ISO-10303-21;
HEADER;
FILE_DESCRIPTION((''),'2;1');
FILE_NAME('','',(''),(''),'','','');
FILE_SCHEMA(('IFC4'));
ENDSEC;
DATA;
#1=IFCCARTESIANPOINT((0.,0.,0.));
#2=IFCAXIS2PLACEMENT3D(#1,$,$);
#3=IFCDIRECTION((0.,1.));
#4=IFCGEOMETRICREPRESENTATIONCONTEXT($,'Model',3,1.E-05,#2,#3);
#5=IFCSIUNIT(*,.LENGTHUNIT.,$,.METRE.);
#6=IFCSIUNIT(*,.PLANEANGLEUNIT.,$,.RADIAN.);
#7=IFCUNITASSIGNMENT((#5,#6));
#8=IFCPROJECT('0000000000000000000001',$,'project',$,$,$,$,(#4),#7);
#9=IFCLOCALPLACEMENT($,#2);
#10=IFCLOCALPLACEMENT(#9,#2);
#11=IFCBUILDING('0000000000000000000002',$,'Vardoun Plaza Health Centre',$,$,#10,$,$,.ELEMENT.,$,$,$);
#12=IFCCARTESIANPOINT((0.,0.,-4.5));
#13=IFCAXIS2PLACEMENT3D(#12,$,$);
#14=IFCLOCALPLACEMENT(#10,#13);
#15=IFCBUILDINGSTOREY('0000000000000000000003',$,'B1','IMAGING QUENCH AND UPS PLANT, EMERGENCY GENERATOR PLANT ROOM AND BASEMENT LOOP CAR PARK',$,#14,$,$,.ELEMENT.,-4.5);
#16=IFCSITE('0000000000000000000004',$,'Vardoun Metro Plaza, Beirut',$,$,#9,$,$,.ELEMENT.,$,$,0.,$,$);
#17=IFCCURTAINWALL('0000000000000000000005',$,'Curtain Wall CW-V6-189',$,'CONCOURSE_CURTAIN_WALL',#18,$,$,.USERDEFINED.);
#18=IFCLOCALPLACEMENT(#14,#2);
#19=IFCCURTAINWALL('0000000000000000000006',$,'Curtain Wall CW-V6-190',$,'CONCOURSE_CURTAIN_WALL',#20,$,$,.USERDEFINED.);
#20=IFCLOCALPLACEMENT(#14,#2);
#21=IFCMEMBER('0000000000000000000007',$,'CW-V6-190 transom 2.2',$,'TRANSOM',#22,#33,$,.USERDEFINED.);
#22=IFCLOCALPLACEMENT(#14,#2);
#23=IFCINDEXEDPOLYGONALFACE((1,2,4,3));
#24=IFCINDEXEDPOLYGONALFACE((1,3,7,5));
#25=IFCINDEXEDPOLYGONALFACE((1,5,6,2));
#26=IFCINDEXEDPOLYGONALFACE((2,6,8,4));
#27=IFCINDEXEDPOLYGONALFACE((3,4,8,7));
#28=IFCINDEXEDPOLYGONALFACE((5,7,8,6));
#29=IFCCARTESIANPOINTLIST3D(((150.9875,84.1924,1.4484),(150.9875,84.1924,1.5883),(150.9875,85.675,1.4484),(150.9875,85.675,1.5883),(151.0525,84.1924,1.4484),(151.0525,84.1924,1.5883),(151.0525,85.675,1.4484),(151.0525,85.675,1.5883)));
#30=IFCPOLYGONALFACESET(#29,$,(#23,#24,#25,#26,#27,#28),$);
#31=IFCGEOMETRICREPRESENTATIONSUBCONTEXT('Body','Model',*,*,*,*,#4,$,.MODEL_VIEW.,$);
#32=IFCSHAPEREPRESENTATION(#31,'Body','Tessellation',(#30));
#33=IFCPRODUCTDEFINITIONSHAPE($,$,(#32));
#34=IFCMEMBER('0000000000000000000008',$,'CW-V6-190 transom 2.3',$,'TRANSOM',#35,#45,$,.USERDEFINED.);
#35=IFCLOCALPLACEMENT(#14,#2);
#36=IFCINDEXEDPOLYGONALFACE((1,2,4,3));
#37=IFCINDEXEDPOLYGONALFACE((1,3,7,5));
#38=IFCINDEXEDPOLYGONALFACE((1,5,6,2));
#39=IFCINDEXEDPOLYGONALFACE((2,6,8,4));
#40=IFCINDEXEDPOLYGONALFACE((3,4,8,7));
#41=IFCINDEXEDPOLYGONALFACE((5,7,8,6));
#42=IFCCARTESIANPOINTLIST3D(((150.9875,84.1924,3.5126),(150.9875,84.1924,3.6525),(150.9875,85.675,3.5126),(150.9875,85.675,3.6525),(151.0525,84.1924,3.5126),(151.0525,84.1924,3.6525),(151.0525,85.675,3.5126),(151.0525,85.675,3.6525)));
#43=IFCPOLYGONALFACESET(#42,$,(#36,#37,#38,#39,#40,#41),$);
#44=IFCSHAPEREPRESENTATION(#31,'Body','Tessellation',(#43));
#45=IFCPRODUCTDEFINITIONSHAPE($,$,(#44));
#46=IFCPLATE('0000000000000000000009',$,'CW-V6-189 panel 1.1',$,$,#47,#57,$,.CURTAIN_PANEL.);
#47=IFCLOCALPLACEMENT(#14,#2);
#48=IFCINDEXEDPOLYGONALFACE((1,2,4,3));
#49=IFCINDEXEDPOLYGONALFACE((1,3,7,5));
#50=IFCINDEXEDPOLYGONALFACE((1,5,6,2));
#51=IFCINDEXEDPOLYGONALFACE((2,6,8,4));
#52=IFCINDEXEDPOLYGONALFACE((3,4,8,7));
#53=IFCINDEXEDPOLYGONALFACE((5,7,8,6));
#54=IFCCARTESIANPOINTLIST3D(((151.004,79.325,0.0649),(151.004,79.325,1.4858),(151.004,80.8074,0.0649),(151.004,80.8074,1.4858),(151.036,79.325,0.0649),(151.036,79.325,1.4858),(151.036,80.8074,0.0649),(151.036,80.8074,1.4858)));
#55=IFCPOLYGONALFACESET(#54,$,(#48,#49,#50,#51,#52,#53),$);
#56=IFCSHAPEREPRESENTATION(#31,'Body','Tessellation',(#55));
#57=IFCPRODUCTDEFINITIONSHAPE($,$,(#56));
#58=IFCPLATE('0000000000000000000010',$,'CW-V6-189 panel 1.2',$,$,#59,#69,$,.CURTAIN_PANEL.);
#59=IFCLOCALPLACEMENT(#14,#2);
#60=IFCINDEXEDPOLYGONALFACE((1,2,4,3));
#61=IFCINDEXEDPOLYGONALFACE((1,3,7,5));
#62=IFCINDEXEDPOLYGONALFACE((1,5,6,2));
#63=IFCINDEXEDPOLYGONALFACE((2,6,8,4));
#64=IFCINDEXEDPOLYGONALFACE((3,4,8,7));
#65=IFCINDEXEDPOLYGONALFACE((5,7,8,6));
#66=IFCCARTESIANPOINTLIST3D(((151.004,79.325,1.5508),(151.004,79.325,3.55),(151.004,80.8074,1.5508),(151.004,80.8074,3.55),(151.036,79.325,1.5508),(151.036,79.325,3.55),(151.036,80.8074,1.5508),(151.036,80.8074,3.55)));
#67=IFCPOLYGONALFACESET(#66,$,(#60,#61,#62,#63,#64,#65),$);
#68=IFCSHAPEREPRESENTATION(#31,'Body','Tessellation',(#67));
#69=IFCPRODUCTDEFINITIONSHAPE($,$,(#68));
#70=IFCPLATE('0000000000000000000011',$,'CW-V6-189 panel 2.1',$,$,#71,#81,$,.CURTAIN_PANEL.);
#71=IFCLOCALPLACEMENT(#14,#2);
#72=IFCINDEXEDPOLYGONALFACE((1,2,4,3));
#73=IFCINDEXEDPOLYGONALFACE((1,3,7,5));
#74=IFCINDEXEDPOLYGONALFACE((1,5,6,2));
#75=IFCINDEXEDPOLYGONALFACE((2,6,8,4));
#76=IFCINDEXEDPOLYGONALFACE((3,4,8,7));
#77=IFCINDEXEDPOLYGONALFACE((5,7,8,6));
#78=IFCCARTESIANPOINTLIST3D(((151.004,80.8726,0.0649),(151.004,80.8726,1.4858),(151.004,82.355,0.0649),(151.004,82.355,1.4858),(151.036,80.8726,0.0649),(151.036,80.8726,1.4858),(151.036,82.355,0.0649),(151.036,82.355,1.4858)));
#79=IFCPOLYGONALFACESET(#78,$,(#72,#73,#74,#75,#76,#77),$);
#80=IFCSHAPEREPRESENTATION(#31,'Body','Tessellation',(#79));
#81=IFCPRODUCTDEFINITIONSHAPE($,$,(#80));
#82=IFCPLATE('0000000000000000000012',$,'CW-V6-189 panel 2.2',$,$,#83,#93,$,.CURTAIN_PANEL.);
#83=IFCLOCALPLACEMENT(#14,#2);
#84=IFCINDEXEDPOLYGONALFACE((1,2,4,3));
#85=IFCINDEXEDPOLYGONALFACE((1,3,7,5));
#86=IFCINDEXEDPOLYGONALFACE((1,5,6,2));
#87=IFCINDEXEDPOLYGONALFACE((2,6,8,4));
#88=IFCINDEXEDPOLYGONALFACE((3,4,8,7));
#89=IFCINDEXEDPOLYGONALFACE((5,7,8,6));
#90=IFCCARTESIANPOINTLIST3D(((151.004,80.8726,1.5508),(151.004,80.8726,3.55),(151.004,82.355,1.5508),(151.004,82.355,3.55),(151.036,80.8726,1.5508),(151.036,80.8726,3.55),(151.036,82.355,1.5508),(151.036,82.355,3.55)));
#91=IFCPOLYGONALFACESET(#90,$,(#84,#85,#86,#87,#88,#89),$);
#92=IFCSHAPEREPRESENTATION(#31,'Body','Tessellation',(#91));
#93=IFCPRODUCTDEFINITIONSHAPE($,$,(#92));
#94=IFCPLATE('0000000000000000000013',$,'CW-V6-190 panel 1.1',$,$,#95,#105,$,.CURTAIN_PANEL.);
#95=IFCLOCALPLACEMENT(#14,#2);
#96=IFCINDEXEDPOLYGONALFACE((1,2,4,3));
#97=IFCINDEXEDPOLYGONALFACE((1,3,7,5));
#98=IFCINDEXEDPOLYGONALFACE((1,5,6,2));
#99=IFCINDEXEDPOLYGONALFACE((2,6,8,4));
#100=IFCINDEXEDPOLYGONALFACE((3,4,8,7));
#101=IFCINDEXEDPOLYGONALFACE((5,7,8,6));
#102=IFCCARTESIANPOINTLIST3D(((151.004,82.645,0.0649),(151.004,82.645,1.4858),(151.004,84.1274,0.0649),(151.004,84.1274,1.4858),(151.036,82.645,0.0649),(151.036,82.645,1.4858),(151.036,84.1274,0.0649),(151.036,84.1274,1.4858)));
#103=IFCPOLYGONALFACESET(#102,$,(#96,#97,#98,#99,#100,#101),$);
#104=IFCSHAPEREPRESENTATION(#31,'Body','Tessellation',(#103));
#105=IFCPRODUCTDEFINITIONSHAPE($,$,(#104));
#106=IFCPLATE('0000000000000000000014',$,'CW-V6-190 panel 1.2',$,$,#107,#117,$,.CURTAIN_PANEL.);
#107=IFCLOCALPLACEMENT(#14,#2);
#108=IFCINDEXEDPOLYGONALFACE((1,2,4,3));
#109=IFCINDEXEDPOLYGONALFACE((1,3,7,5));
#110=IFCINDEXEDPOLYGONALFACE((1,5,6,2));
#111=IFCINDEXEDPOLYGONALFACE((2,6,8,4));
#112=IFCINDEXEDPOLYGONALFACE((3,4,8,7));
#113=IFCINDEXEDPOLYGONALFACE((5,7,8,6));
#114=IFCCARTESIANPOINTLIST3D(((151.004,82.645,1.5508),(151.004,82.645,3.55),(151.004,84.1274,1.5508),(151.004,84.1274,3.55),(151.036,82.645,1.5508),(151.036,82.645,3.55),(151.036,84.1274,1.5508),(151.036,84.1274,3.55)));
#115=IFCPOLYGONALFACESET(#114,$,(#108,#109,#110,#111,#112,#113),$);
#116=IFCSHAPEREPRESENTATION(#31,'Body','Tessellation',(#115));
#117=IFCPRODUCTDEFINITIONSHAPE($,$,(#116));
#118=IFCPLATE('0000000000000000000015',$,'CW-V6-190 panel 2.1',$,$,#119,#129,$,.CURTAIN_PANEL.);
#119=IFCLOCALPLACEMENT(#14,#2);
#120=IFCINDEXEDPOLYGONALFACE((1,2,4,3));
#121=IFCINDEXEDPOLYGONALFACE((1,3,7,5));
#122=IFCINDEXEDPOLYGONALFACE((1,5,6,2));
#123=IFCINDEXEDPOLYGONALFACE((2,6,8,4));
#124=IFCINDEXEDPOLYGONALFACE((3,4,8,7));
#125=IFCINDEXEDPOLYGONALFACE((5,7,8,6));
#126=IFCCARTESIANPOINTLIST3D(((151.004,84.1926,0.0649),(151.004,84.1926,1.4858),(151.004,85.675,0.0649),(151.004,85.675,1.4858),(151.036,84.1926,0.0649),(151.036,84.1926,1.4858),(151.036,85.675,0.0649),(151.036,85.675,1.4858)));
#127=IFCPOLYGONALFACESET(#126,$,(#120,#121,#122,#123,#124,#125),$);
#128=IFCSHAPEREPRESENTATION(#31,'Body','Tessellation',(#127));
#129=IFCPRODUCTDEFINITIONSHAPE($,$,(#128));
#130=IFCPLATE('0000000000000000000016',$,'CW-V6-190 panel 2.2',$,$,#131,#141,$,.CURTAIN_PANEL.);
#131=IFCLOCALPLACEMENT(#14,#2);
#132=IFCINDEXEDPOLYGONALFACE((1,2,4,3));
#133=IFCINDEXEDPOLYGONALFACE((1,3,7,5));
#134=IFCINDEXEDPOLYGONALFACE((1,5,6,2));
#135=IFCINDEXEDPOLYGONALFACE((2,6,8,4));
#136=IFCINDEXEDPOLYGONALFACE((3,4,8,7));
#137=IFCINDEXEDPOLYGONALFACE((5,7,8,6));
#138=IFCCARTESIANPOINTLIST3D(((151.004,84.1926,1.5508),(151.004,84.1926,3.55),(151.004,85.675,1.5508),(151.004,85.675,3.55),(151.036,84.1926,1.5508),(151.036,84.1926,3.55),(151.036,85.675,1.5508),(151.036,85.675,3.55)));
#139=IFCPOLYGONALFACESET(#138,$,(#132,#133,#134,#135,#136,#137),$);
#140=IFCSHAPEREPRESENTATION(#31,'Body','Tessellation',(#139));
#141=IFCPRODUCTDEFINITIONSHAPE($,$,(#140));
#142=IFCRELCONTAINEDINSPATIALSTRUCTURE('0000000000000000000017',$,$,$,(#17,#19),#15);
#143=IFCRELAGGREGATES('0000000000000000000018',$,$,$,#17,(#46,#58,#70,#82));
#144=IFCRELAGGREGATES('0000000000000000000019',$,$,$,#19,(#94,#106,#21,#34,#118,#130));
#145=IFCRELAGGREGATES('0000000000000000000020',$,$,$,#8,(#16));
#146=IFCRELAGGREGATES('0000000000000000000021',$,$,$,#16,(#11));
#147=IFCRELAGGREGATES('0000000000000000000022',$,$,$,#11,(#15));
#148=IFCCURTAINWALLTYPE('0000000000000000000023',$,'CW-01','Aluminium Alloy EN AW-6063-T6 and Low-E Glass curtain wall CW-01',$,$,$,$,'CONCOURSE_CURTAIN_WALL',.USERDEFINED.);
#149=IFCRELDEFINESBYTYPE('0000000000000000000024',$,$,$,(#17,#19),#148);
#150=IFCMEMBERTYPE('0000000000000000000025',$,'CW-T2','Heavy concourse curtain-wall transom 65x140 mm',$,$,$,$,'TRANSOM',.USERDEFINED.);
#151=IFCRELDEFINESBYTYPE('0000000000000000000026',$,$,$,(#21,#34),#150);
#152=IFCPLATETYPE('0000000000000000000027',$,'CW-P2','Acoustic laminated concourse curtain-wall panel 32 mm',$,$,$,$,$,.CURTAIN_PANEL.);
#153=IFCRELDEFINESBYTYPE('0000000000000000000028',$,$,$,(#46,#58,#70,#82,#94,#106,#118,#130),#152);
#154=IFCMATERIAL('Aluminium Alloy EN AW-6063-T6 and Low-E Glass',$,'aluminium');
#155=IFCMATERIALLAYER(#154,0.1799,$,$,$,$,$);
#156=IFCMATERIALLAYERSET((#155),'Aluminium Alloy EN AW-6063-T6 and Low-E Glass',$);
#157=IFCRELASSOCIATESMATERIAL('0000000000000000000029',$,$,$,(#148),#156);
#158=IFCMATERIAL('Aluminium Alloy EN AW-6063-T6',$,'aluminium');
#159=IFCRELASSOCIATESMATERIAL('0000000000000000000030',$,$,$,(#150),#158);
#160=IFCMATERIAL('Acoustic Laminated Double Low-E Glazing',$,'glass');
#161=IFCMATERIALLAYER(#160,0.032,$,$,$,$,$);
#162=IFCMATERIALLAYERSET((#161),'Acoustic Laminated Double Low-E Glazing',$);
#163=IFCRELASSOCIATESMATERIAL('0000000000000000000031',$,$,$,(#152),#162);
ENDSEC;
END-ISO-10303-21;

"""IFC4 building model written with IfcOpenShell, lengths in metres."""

from ifc_helpers import new_model, si_unit, direction, frame, origin, origin_2d, place, context, subcontext, project, spatial, rectangle, extrude, material, layer, layer_set, material_profile, profile_set, type_object, element, aggregate, save


model = new_model("IFC4")

# Units and contexts
model_context = context("Model", 3, precision=1e-05, world=origin(), true_north=direction((0.0, 1.0)))
body_context = subcontext(model_context, "Body", "Model", "MODEL_VIEW")
ifc_project = project(units=[si_unit("LENGTHUNIT", "METRE"), si_unit("PLANEANGLEUNIT", "RADIAN")], contexts=[model_context])

# Site, building, storey
site_placement = place(None, origin())
site = spatial("IfcSite", under=ifc_project, at=site_placement, Name="Vardoun Metro Plaza, Beirut", CompositionType="ELEMENT", RefElevation=0.0)
building_placement = place(site_placement, origin())
building = spatial("IfcBuilding", under=site, at=building_placement, Name="Vardoun Plaza Health Centre", CompositionType="ELEMENT")
storey_placement = place(building_placement, frame((0.0, 0.0, -4.5)))
storey = spatial("IfcBuildingStorey", under=building, at=storey_placement, Name="B1", Description="IMAGING QUENCH AND UPS PLANT, EMERGENCY GENERATOR PLANT ROOM AND BASEMENT LOOP CAR PARK", CompositionType="ELEMENT", Elevation=-4.5)

# Curtain walls
ifc_material_1 = material(Name="Aluminium Alloy EN AW-6063-T6 and Low-E Glass", Category="aluminium")
ifc_layer_1 = layer(ifc_material_1, 0.1799)
ifc_layer_set_1 = layer_set([ifc_layer_1], Name="Aluminium Alloy EN AW-6063-T6 and Low-E Glass")
curtain_wall_type = type_object("IfcCurtainWallType", Name="CW-01", Description="Aluminium Alloy EN AW-6063-T6 and Low-E Glass curtain wall CW-01", ElementType="CONCOURSE_CURTAIN_WALL", PredefinedType="USERDEFINED", material=ifc_layer_set_1)
curtain_wall_1_placement = place(storey_placement, origin())
curtain_wall_1 = element("IfcCurtainWall", 1, at=curtain_wall_1_placement, inside=storey, type_object=curtain_wall_type, Name="Curtain Wall CW-V6-189", ObjectType="CONCOURSE_CURTAIN_WALL", PredefinedType="USERDEFINED")
curtain_wall_2_placement = place(storey_placement, origin())
curtain_wall_2 = element("IfcCurtainWall", 2, at=curtain_wall_2_placement, inside=storey, type_object=curtain_wall_type, Name="Curtain Wall CW-V6-190", ObjectType="CONCOURSE_CURTAIN_WALL", PredefinedType="USERDEFINED")

# Members
ifc_material_2 = material(Name="Aluminium Alloy EN AW-6063-T6", Category="aluminium")
ifc_material_profile_1 = material_profile(ifc_material_2, rectangle(XDim=0.0649, YDim=0.1399, at=origin_2d()), Name="CWT 65x140")
ifc_profile_set_1 = profile_set([ifc_material_profile_1], Name="Aluminium Alloy EN AW-6063-T6")
member_type_1 = type_object("IfcMemberType", Name="CW-T2", Description="Heavy concourse curtain-wall transom 65x140 mm", ElementType="TRANSOM", PredefinedType="USERDEFINED", material=ifc_profile_set_1)
member_1_placement = place(storey_placement, frame((151.02, 84.1924, 1.5183), z_axis=(0.0, 1.0, 0.0), x_axis=(-1.0, 0.0, 0.0)))
member_1 = element("IfcMember", 3, at=member_1_placement, type_object=member_type_1, Name="CW-V6-190 transom 2.2", ObjectType="TRANSOM", PredefinedType="USERDEFINED", context=body_context, shape_type="SweptSolid", body=[
    extrude(rectangle(XDim=0.0649, YDim=0.1399, at=origin_2d()), origin(), (0.0, 0.0, 1.0), 1.4827),
])
member_2_placement = place(storey_placement, frame((151.02, 84.1924, 3.5825), z_axis=(0.0, 1.0, 0.0), x_axis=(-1.0, 0.0, 0.0)))
member_2 = element("IfcMember", 4, at=member_2_placement, type_object=member_type_1, Name="CW-V6-190 transom 2.3", ObjectType="TRANSOM", PredefinedType="USERDEFINED", context=body_context, shape_type="SweptSolid", body=[
    extrude(rectangle(XDim=0.0649, YDim=0.1399, at=origin_2d()), origin(), (0.0, 0.0, 1.0), 1.4827),
])

# Plates
ifc_material_3 = material(Name="Acoustic Laminated Double Low-E Glazing", Category="glass")
ifc_layer_2 = layer(ifc_material_3, 0.032)
ifc_layer_set_2 = layer_set([ifc_layer_2], Name="Acoustic Laminated Double Low-E Glazing")
plate_type = type_object("IfcPlateType", Name="CW-P2", Description="Acoustic laminated concourse curtain-wall panel 32 mm", PredefinedType="CURTAIN_PANEL", material=ifc_layer_set_2)
plate_1_placement = place(storey_placement, frame((151.02, 80.0662, 0.0649), z_axis=(0.0, 0.0, 1.0), x_axis=(0.0, 1.0, 0.0)))
plate_1 = element("IfcPlate", 5, at=plate_1_placement, type_object=plate_type, Name="CW-V6-189 panel 1.1", PredefinedType="CURTAIN_PANEL", context=body_context, shape_type="SweptSolid", body=[
    extrude(rectangle(XDim=1.4824, YDim=0.032, at=origin_2d()), origin(), (0.0, 0.0, 1.0), 1.4209),
])
plate_2_placement = place(storey_placement, frame((151.02, 80.0662, 1.5508), z_axis=(0.0, 0.0, 1.0), x_axis=(0.0, 1.0, 0.0)))
plate_2 = element("IfcPlate", 6, at=plate_2_placement, type_object=plate_type, Name="CW-V6-189 panel 1.2", PredefinedType="CURTAIN_PANEL", context=body_context, shape_type="SweptSolid", body=[
    extrude(rectangle(XDim=1.4824, YDim=0.032, at=origin_2d()), origin(), (0.0, 0.0, 1.0), 1.9993),
])
plate_3_placement = place(storey_placement, frame((151.02, 81.6138, 0.0649), z_axis=(0.0, 0.0, 1.0), x_axis=(0.0, 1.0, 0.0)))
plate_3 = element("IfcPlate", 7, at=plate_3_placement, type_object=plate_type, Name="CW-V6-189 panel 2.1", PredefinedType="CURTAIN_PANEL", context=body_context, shape_type="SweptSolid", body=[
    extrude(rectangle(XDim=1.4824, YDim=0.032, at=origin_2d()), origin(), (0.0, 0.0, 1.0), 1.4209),
])
plate_4_placement = place(storey_placement, frame((151.02, 81.6138, 1.5508), z_axis=(0.0, 0.0, 1.0), x_axis=(0.0, 1.0, 0.0)))
plate_4 = element("IfcPlate", 8, at=plate_4_placement, type_object=plate_type, Name="CW-V6-189 panel 2.2", PredefinedType="CURTAIN_PANEL", context=body_context, shape_type="SweptSolid", body=[
    extrude(rectangle(XDim=1.4824, YDim=0.032, at=origin_2d()), origin(), (0.0, 0.0, 1.0), 1.9993),
])
aggregate(curtain_wall_1, [plate_1, plate_2, plate_3, plate_4])
plate_5_placement = place(storey_placement, frame((151.02, 83.3862, 0.0649), z_axis=(0.0, 0.0, 1.0), x_axis=(0.0, 1.0, 0.0)))
plate_5 = element("IfcPlate", 9, at=plate_5_placement, type_object=plate_type, Name="CW-V6-190 panel 1.1", PredefinedType="CURTAIN_PANEL", context=body_context, shape_type="SweptSolid", body=[
    extrude(rectangle(XDim=1.4824, YDim=0.032, at=origin_2d()), origin(), (0.0, 0.0, 1.0), 1.4209),
])
plate_6_placement = place(storey_placement, frame((151.02, 83.3862, 1.5508), z_axis=(0.0, 0.0, 1.0), x_axis=(0.0, 1.0, 0.0)))
plate_6 = element("IfcPlate", 10, at=plate_6_placement, type_object=plate_type, Name="CW-V6-190 panel 1.2", PredefinedType="CURTAIN_PANEL", context=body_context, shape_type="SweptSolid", body=[
    extrude(rectangle(XDim=1.4824, YDim=0.032, at=origin_2d()), origin(), (0.0, 0.0, 1.0), 1.9993),
])
plate_7_placement = place(storey_placement, frame((151.02, 84.9338, 0.0649), z_axis=(0.0, 0.0, 1.0), x_axis=(0.0, 1.0, 0.0)))
plate_7 = element("IfcPlate", 11, at=plate_7_placement, type_object=plate_type, Name="CW-V6-190 panel 2.1", PredefinedType="CURTAIN_PANEL", context=body_context, shape_type="SweptSolid", body=[
    extrude(rectangle(XDim=1.4824, YDim=0.032, at=origin_2d()), origin(), (0.0, 0.0, 1.0), 1.4209),
])
plate_8_placement = place(storey_placement, frame((151.02, 84.9338, 1.5508), z_axis=(0.0, 0.0, 1.0), x_axis=(0.0, 1.0, 0.0)))
plate_8 = element("IfcPlate", 12, at=plate_8_placement, type_object=plate_type, Name="CW-V6-190 panel 2.2", PredefinedType="CURTAIN_PANEL", context=body_context, shape_type="SweptSolid", body=[
    extrude(rectangle(XDim=1.4824, YDim=0.032, at=origin_2d()), origin(), (0.0, 0.0, 1.0), 1.9993),
])
aggregate(curtain_wall_2, [plate_5, plate_6, member_1, member_2, plate_7, plate_8])

save(model, "model.ifc")
